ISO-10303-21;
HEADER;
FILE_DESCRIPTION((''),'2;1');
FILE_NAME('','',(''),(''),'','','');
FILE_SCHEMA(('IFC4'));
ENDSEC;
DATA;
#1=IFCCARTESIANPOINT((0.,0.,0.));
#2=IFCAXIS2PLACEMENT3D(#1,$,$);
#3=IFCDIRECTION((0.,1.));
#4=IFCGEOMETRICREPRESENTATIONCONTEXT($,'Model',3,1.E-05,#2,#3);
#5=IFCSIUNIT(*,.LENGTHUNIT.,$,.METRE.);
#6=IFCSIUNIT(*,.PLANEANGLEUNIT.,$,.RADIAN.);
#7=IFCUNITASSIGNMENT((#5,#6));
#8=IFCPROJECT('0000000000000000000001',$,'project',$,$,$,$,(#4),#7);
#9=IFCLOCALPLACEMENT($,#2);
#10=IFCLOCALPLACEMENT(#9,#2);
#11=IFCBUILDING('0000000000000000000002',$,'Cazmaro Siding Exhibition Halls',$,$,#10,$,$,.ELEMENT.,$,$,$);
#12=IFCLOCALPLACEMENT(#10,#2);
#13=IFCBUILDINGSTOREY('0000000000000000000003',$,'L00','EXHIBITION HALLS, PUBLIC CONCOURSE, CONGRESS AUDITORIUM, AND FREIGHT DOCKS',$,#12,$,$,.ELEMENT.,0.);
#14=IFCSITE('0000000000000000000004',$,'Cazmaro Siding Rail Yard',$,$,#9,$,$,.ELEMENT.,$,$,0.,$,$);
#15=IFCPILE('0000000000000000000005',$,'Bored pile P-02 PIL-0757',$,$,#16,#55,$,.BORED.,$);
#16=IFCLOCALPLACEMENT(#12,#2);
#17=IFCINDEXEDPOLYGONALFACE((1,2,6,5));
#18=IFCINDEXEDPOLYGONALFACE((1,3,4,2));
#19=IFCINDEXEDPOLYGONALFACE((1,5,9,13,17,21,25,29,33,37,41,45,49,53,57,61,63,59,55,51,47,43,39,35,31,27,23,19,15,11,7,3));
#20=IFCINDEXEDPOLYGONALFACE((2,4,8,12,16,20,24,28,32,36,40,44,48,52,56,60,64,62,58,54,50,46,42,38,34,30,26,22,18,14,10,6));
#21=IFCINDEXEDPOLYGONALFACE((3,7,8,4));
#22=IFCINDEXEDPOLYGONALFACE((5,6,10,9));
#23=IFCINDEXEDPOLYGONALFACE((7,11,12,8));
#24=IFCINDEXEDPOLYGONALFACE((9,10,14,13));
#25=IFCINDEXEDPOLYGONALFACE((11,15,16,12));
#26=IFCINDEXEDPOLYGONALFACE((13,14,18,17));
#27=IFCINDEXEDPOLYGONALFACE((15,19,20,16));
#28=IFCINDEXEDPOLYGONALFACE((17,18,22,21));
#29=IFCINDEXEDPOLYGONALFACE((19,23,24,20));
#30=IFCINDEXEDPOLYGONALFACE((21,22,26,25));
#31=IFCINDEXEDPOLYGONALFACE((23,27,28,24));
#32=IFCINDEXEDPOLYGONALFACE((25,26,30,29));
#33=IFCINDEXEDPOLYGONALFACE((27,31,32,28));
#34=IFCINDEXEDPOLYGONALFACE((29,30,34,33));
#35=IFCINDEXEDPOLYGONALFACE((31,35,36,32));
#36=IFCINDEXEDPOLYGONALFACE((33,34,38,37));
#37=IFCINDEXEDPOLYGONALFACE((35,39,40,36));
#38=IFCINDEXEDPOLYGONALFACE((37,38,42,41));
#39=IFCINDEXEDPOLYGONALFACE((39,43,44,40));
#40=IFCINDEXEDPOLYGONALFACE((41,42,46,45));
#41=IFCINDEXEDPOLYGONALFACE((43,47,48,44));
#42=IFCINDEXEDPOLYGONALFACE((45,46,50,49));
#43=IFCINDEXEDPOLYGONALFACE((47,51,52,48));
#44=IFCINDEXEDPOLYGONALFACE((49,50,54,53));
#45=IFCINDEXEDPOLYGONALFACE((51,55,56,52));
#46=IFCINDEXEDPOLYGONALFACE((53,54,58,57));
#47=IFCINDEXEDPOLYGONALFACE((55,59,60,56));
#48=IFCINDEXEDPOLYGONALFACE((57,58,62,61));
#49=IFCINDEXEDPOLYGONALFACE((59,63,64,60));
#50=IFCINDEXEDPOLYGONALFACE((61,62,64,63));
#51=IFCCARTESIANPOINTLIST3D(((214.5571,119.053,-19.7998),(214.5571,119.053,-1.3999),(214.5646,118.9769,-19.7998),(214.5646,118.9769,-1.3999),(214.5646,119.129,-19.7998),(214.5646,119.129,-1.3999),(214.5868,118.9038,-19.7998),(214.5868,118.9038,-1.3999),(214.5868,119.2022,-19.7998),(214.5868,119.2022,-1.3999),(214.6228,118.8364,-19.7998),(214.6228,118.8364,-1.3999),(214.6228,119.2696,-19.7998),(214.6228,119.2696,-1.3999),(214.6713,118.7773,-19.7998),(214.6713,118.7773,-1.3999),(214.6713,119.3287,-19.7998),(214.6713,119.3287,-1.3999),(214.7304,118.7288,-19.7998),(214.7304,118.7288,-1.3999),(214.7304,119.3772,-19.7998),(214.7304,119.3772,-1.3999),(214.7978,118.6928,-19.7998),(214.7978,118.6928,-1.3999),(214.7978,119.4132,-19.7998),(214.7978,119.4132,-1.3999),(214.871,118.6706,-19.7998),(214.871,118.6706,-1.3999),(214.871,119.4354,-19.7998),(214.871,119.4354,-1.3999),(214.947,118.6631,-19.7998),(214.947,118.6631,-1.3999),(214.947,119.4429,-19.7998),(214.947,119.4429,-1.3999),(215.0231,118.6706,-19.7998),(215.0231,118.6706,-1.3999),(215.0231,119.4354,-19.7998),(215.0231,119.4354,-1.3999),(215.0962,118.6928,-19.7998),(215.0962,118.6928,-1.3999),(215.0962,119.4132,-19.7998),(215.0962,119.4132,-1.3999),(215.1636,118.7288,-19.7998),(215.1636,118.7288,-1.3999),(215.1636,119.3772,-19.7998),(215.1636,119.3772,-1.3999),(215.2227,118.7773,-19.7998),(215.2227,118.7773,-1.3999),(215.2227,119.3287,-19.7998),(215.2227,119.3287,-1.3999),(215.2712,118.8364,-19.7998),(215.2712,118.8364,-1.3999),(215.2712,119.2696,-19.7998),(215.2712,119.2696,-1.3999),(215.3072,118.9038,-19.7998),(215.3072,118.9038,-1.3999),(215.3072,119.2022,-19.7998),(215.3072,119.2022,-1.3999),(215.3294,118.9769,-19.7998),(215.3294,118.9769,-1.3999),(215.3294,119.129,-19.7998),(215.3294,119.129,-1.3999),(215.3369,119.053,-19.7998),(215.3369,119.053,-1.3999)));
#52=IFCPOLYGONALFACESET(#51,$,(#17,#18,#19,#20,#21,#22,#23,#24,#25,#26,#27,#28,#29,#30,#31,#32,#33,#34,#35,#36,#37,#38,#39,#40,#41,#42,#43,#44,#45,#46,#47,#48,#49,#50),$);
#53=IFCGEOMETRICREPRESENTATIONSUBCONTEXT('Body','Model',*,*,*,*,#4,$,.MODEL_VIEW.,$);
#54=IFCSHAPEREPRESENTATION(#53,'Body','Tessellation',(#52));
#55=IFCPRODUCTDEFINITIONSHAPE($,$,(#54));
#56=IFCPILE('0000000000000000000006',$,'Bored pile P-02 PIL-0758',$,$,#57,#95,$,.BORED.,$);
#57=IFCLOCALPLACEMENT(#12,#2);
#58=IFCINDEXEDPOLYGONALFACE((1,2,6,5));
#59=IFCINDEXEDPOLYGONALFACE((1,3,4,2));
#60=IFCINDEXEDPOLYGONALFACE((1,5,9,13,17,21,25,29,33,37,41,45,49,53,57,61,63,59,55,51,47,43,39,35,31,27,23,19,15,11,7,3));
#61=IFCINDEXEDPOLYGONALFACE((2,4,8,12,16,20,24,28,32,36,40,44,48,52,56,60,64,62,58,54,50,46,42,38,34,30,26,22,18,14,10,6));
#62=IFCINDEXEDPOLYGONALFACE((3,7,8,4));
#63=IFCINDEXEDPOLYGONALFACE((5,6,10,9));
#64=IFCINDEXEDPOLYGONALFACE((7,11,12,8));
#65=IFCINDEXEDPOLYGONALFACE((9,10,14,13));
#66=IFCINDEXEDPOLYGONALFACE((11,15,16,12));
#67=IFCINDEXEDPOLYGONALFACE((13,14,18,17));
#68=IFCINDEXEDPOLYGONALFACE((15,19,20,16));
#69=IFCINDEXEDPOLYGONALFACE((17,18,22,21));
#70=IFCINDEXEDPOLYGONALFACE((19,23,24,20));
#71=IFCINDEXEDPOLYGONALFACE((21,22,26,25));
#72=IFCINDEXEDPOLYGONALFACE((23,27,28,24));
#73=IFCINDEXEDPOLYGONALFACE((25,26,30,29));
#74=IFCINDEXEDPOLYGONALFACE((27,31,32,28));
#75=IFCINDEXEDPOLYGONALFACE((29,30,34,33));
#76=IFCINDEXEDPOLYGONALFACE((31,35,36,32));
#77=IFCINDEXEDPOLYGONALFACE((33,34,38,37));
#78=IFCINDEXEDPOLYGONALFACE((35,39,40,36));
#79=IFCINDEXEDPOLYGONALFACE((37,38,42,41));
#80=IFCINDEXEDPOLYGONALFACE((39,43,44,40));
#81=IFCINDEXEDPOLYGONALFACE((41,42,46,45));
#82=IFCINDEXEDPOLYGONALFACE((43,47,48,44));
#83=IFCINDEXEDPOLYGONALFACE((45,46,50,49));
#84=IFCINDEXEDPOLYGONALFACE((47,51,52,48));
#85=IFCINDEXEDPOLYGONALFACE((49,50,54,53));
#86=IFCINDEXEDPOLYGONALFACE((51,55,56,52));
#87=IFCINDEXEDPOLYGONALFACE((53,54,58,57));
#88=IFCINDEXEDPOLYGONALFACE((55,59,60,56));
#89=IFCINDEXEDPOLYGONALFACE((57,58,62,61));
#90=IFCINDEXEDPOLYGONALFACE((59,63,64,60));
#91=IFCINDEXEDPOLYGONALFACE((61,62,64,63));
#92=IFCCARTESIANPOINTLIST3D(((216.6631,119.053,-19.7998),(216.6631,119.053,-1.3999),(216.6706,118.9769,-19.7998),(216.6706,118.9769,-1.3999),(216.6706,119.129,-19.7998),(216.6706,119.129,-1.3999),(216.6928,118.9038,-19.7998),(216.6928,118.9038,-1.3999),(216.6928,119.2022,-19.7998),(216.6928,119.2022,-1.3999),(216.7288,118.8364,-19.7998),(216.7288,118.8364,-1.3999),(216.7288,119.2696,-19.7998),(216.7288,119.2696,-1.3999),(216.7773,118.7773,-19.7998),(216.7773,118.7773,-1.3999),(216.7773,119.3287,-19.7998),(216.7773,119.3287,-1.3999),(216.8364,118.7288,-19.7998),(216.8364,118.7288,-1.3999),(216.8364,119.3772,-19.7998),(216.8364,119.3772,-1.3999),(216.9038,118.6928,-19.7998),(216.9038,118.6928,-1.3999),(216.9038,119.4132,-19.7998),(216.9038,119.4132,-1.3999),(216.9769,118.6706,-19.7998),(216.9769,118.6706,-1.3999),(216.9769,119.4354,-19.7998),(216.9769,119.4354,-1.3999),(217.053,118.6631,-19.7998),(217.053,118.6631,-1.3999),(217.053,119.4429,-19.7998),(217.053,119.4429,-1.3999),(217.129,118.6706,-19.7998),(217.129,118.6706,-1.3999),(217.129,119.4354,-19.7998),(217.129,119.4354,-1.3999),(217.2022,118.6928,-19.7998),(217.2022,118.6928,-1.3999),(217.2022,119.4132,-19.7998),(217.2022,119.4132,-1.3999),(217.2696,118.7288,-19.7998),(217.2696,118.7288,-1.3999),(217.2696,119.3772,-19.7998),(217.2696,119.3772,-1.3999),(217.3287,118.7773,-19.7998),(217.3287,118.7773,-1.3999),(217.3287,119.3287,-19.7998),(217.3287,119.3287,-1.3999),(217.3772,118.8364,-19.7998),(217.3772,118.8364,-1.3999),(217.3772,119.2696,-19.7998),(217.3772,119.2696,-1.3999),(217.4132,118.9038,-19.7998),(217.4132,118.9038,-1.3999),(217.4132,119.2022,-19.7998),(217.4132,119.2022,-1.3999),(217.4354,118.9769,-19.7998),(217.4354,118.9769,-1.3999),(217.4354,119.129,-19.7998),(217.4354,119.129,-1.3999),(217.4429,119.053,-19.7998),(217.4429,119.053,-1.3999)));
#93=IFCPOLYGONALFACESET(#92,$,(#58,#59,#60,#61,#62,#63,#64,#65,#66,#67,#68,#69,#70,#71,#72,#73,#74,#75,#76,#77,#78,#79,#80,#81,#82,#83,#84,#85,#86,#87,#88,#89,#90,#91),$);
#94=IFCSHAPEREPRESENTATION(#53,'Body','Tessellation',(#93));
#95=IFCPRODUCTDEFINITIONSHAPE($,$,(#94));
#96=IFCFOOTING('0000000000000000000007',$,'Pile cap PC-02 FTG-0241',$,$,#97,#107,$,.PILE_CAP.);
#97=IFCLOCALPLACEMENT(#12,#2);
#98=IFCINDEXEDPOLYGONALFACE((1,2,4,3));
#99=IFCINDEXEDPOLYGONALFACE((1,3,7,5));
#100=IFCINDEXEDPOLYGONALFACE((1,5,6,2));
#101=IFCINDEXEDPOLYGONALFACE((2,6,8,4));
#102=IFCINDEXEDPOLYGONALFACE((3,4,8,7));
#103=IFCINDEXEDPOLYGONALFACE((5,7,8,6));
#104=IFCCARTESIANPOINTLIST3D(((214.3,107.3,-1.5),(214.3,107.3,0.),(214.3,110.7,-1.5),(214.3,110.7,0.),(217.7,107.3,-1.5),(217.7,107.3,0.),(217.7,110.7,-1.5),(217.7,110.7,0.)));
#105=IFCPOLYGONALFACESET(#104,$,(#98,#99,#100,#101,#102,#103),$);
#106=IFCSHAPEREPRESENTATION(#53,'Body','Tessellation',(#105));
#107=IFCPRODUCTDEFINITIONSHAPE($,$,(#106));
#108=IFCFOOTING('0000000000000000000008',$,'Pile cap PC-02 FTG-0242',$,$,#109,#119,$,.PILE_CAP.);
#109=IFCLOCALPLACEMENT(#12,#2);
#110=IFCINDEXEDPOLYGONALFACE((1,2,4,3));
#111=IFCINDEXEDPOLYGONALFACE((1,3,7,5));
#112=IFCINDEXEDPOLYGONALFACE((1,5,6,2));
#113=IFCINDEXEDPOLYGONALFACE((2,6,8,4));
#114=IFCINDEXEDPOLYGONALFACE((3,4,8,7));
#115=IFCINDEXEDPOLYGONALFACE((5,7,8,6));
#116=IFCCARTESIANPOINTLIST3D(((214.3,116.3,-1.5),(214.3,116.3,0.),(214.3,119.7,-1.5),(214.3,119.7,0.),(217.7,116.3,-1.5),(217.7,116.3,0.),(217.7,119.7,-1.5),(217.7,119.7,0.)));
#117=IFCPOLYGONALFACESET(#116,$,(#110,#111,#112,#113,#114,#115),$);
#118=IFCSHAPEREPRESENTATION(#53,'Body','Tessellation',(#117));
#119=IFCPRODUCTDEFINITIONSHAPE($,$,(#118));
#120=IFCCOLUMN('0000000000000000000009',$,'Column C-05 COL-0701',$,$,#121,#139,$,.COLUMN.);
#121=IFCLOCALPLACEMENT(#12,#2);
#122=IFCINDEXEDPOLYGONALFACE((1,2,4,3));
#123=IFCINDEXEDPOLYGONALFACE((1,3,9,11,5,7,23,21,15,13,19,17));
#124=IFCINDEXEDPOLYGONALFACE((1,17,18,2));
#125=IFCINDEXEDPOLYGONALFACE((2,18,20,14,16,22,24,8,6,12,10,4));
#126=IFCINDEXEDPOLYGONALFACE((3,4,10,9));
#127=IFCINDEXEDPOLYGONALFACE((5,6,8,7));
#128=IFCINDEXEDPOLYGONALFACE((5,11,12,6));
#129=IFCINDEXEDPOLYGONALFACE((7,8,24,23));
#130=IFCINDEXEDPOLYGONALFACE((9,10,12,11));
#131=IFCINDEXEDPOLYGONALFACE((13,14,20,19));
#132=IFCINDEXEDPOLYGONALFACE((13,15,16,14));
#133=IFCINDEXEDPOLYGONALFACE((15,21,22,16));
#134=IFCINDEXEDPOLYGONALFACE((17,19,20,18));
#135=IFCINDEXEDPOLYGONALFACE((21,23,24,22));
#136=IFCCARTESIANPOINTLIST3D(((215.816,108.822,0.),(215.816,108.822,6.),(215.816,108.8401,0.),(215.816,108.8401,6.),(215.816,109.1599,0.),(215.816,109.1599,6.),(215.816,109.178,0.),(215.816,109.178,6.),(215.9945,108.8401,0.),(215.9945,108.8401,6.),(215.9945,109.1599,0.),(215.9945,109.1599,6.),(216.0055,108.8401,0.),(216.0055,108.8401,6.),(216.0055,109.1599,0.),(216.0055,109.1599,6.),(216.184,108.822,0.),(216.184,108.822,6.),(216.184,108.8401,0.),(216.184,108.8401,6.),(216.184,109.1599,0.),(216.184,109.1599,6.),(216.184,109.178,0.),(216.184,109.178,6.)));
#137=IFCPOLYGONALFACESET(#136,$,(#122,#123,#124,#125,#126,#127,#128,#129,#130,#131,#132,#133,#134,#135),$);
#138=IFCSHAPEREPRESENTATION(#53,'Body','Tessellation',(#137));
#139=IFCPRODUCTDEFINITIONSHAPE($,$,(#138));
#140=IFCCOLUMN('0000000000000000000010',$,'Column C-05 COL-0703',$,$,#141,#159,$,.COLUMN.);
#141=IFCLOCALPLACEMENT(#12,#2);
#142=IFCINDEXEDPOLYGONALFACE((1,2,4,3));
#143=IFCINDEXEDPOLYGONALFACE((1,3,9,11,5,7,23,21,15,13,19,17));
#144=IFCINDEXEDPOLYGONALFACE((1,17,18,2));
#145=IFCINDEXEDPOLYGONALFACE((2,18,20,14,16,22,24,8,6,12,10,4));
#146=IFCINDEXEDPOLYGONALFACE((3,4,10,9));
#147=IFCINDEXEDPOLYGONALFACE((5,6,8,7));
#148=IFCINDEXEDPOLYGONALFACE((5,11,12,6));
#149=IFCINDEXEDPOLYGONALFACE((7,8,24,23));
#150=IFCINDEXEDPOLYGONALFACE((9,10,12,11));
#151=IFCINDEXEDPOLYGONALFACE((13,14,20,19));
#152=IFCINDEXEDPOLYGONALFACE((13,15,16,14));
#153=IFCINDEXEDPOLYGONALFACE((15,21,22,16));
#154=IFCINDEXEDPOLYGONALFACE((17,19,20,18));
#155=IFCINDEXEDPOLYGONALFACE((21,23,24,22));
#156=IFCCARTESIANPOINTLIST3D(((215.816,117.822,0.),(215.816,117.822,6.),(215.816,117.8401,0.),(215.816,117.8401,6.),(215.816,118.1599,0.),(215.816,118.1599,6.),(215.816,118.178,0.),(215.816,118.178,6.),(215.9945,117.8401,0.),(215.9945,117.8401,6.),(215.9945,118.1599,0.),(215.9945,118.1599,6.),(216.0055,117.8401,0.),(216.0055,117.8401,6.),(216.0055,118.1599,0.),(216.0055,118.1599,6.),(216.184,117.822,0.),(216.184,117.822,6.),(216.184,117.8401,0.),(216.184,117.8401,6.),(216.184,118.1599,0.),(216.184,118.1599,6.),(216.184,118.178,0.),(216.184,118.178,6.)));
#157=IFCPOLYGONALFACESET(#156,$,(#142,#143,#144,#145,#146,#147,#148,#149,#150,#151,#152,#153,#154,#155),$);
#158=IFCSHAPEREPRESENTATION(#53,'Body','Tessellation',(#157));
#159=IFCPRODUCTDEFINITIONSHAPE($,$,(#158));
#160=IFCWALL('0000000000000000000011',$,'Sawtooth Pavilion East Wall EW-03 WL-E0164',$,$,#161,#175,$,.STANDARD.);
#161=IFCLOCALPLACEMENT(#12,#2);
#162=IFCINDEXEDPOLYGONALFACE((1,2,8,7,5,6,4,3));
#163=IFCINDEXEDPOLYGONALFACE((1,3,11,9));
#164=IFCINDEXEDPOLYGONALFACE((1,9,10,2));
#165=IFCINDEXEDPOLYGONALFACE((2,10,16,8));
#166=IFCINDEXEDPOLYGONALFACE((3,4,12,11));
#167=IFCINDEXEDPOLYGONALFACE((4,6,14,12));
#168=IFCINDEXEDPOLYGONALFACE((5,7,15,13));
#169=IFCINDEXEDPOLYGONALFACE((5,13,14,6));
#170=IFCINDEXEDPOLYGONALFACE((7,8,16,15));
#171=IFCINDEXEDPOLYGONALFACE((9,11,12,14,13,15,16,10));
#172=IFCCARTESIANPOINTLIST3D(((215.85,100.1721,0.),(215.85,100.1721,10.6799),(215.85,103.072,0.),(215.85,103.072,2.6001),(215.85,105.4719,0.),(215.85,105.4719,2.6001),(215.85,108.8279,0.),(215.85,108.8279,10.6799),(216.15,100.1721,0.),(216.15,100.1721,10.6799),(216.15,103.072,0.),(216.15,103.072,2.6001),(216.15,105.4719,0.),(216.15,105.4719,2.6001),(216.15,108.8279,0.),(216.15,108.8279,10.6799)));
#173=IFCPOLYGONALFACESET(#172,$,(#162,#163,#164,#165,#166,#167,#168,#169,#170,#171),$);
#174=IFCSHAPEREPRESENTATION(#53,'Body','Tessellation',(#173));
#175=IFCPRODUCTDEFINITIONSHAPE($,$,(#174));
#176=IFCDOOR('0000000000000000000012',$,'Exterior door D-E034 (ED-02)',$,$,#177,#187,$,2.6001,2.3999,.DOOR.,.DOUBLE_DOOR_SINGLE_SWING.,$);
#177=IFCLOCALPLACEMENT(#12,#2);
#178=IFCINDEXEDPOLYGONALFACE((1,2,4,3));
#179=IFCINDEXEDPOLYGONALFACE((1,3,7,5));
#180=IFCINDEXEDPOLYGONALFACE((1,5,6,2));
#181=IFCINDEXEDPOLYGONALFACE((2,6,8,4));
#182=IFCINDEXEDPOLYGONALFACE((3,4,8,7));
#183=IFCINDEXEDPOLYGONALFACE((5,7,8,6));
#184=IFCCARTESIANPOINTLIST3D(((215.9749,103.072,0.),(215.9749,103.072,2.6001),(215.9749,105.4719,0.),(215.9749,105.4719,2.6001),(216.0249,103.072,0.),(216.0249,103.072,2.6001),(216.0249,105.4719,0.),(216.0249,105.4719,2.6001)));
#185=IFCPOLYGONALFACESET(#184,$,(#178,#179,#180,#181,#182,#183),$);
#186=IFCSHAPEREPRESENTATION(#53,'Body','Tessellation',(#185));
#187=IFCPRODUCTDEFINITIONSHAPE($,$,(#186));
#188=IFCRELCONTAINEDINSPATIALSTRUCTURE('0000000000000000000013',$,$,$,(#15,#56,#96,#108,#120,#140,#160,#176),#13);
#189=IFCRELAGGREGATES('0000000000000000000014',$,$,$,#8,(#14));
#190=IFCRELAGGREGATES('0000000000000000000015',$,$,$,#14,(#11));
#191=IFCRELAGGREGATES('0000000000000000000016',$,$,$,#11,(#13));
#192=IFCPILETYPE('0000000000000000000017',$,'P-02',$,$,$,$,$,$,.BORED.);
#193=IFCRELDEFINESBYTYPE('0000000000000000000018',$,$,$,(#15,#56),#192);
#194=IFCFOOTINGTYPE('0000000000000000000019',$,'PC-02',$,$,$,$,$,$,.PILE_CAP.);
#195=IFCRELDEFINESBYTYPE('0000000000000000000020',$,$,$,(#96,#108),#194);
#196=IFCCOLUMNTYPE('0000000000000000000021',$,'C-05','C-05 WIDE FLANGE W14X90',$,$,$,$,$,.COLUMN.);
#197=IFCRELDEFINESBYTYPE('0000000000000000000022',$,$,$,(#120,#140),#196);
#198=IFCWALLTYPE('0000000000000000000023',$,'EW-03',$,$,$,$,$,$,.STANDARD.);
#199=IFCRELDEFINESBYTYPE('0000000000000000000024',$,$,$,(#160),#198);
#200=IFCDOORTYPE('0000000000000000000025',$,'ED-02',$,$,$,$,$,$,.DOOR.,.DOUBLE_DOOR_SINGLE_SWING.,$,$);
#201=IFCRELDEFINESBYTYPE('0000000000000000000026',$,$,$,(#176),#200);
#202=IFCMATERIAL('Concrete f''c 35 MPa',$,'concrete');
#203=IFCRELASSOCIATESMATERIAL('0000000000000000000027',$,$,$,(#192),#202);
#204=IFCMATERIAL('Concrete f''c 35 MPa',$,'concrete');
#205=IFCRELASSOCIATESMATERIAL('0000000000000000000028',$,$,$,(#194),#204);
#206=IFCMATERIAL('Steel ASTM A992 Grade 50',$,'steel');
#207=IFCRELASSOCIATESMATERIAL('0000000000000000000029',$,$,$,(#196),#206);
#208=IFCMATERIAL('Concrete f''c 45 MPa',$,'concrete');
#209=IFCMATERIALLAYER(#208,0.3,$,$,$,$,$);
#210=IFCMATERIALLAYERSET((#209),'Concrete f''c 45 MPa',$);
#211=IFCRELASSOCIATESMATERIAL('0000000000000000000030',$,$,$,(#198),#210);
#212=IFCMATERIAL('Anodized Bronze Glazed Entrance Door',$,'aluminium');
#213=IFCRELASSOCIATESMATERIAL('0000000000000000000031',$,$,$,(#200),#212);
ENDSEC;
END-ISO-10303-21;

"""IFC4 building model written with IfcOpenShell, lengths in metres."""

from ifc_helpers import new_model, si_unit, direction, frame, frame_2d, origin, origin_2d, place, context, subcontext, project, spatial, rectangle, circle, i_section, extrude, material, layer, layer_set, material_profile, profile_set, type_object, element, fill, save


model = new_model("IFC4")

# Units and contexts
model_context = context("Model", 3, precision=1e-05, world=origin(), true_north=direction((0.0, 1.0)))
body_context = subcontext(model_context, "Body", "Model", "MODEL_VIEW")
ifc_project = project(units=[si_unit("LENGTHUNIT", "METRE"), si_unit("PLANEANGLEUNIT", "RADIAN")], contexts=[model_context])

# Site, building, storey
site_placement = place(None, origin())
site = spatial("IfcSite", under=ifc_project, at=site_placement, Name="Cazmaro Siding Rail Yard", CompositionType="ELEMENT", RefElevation=0.0)
building_placement = place(site_placement, origin())
building = spatial("IfcBuilding", under=site, at=building_placement, Name="Cazmaro Siding Exhibition Halls", CompositionType="ELEMENT")
storey_placement = place(building_placement, origin())
storey = spatial("IfcBuildingStorey", under=building, at=storey_placement, Name="L00", Description="EXHIBITION HALLS, PUBLIC CONCOURSE, CONGRESS AUDITORIUM, AND FREIGHT DOCKS", CompositionType="ELEMENT", Elevation=0.0)

# Piles
ifc_material_1 = material(Name="Concrete f'c 35 MPa", Category="concrete")
ifc_material_profile_1 = material_profile(ifc_material_1, circle(Radius=0.3899, at=origin_2d()), Name="CIDH-780")
ifc_profile_set_1 = profile_set([ifc_material_profile_1], Name="Concrete f'c 35 MPa")
pile_type = type_object("IfcPileType", Name="P-02", PredefinedType="BORED", material=ifc_profile_set_1)
for number, where, z_axis, x_axis, name in (
    (1, (214.947, 119.053, -1.3999), (0.0, 0.0, -1.0), (1.0, 0.0, 0.0), "Bored pile P-02 PIL-0757"),
    (2, (217.053, 119.053, -1.3999), (0.0, 0.0, -1.0), (1.0, 0.0, 0.0), "Bored pile P-02 PIL-0758"),
):
    element("IfcPile", number, at=place(storey_placement, frame(where, z_axis=z_axis, x_axis=x_axis)), inside=storey, type_object=pile_type, Name=name, PredefinedType="BORED", context=body_context, shape_type="SweptSolid", body=[
        extrude(circle(Radius=0.3899, at=origin_2d()), origin(), (0.0, 0.0, 1.0), 18.3999),
    ])

# Footings
ifc_material_2 = material(Name="Concrete f'c 35 MPa", Category="concrete")
footing_type = type_object("IfcFootingType", Name="PC-02", PredefinedType="PILE_CAP", material=ifc_material_2)
for number, where, z_axis, x_axis, name in (
    (3, (216.0, 109.0, -1.5), (0.0, 0.0, 1.0), (1.0, 0.0, 0.0), "Pile cap PC-02 FTG-0241"),
    (4, (216.0, 118.0, -1.5), (0.0, 0.0, 1.0), (1.0, 0.0, 0.0), "Pile cap PC-02 FTG-0242"),
):
    element("IfcFooting", number, at=place(storey_placement, frame(where, z_axis=z_axis, x_axis=x_axis)), inside=storey, type_object=footing_type, Name=name, PredefinedType="PILE_CAP", context=body_context, shape_type="SweptSolid", body=[
        extrude(rectangle(XDim=3.3999, YDim=3.3999, at=origin_2d()), origin(), (0.0, 0.0, 1.0), 1.5),
    ])

# Columns
ifc_material_3 = material(Name="Steel ASTM A992 Grade 50", Category="steel")
ifc_material_profile_2 = material_profile(ifc_material_3, i_section(OverallWidth=0.3679, OverallDepth=0.356, WebThickness=0.011, FlangeThickness=0.0181, at=origin_2d()), Name="W14X90")
ifc_profile_set_2 = profile_set([ifc_material_profile_2], Name="Steel ASTM A992 Grade 50")
column_type = type_object("IfcColumnType", Name="C-05", Description="C-05 WIDE FLANGE W14X90", PredefinedType="COLUMN", material=ifc_profile_set_2)
for number, where, z_axis, x_axis, name in (
    (5, (216.0, 109.0, 0.0), (0.0, 0.0, 1.0), (1.0, 0.0, 0.0), "Column C-05 COL-0701"),
    (6, (216.0, 118.0, 0.0), (0.0, 0.0, 1.0), (1.0, 0.0, 0.0), "Column C-05 COL-0703"),
):
    element("IfcColumn", number, at=place(storey_placement, frame(where, z_axis=z_axis, x_axis=x_axis)), inside=storey, type_object=column_type, Name=name, PredefinedType="COLUMN", context=body_context, shape_type="SweptSolid", body=[
        extrude(i_section(OverallWidth=0.3679, OverallDepth=0.356, WebThickness=0.011, FlangeThickness=0.0181, at=origin_2d()), origin(), (0.0, 0.0, 1.0), 6.0),
    ])

# Wall, opening, door
ifc_material_4 = material(Name="Concrete f'c 45 MPa", Category="concrete")
ifc_layer_1 = layer(ifc_material_4, 0.3)
ifc_layer_set_1 = layer_set([ifc_layer_1], Name="Concrete f'c 45 MPa")
wall_type_1 = type_object("IfcWallType", Name="EW-03", PredefinedType="STANDARD", material=ifc_layer_set_1)
wall_1_placement = place(storey_placement, frame((216.0, 108.8279, 0.0), z_axis=(0.0, 0.0, 1.0), x_axis=(0.0, -1.0, 0.0)))
wall_1 = element("IfcWall", 7, at=wall_1_placement, inside=storey, type_object=wall_type_1, Name="Sawtooth Pavilion East Wall EW-03 WL-E0164", PredefinedType="STANDARD", context=body_context, shape_type="SweptSolid", body=[
    extrude(rectangle(XDim=8.6558, YDim=0.3, at=frame_2d((4.3279, 0.0))), origin(), (0.0, 0.0, 1.0), 10.6799),
])
opening_placement = place(wall_1_placement, frame((3.356, 0.0, 0.0)))
opening = element("IfcOpeningElement", 8, at=opening_placement, cuts=wall_1, PredefinedType="OPENING", context=body_context, shape_type="SweptSolid", body=[
    extrude(rectangle(XDim=2.3999, YDim=2.6001, at=frame_2d((1.2, 1.3))), frame((0.0, 0.1599, 0.0), z_axis=(0.0, -1.0, 0.0), x_axis=(1.0, 0.0, 0.0)), (0.0, 0.0, 1.0), 0.3201),
])
ifc_material_5 = material(Name="Anodized Bronze Glazed Entrance Door", Category="aluminium")
door_type = type_object("IfcDoorType", Name="ED-02", OperationType="DOUBLE_DOOR_SINGLE_SWING", PredefinedType="DOOR", material=ifc_material_5)
door_placement = place(opening_placement, origin())
door = element("IfcDoor", 9, at=door_placement, inside=storey, type_object=door_type, Name="Exterior door D-E034 (ED-02)", OperationType="DOUBLE_DOOR_SINGLE_SWING", OverallHeight=2.6001, OverallWidth=2.3999, PredefinedType="DOOR", context=body_context, shape_type="SweptSolid", body=[
    extrude(rectangle(XDim=2.3999, YDim=2.6001, at=frame_2d((1.2, 1.3))), frame((0.0, 0.0249, 0.0), z_axis=(0.0, -1.0, 0.0), x_axis=(1.0, 0.0, 0.0)), (0.0, 0.0, 1.0), 0.05),
])
fill(opening, door)

save(model, "model.ifc")
